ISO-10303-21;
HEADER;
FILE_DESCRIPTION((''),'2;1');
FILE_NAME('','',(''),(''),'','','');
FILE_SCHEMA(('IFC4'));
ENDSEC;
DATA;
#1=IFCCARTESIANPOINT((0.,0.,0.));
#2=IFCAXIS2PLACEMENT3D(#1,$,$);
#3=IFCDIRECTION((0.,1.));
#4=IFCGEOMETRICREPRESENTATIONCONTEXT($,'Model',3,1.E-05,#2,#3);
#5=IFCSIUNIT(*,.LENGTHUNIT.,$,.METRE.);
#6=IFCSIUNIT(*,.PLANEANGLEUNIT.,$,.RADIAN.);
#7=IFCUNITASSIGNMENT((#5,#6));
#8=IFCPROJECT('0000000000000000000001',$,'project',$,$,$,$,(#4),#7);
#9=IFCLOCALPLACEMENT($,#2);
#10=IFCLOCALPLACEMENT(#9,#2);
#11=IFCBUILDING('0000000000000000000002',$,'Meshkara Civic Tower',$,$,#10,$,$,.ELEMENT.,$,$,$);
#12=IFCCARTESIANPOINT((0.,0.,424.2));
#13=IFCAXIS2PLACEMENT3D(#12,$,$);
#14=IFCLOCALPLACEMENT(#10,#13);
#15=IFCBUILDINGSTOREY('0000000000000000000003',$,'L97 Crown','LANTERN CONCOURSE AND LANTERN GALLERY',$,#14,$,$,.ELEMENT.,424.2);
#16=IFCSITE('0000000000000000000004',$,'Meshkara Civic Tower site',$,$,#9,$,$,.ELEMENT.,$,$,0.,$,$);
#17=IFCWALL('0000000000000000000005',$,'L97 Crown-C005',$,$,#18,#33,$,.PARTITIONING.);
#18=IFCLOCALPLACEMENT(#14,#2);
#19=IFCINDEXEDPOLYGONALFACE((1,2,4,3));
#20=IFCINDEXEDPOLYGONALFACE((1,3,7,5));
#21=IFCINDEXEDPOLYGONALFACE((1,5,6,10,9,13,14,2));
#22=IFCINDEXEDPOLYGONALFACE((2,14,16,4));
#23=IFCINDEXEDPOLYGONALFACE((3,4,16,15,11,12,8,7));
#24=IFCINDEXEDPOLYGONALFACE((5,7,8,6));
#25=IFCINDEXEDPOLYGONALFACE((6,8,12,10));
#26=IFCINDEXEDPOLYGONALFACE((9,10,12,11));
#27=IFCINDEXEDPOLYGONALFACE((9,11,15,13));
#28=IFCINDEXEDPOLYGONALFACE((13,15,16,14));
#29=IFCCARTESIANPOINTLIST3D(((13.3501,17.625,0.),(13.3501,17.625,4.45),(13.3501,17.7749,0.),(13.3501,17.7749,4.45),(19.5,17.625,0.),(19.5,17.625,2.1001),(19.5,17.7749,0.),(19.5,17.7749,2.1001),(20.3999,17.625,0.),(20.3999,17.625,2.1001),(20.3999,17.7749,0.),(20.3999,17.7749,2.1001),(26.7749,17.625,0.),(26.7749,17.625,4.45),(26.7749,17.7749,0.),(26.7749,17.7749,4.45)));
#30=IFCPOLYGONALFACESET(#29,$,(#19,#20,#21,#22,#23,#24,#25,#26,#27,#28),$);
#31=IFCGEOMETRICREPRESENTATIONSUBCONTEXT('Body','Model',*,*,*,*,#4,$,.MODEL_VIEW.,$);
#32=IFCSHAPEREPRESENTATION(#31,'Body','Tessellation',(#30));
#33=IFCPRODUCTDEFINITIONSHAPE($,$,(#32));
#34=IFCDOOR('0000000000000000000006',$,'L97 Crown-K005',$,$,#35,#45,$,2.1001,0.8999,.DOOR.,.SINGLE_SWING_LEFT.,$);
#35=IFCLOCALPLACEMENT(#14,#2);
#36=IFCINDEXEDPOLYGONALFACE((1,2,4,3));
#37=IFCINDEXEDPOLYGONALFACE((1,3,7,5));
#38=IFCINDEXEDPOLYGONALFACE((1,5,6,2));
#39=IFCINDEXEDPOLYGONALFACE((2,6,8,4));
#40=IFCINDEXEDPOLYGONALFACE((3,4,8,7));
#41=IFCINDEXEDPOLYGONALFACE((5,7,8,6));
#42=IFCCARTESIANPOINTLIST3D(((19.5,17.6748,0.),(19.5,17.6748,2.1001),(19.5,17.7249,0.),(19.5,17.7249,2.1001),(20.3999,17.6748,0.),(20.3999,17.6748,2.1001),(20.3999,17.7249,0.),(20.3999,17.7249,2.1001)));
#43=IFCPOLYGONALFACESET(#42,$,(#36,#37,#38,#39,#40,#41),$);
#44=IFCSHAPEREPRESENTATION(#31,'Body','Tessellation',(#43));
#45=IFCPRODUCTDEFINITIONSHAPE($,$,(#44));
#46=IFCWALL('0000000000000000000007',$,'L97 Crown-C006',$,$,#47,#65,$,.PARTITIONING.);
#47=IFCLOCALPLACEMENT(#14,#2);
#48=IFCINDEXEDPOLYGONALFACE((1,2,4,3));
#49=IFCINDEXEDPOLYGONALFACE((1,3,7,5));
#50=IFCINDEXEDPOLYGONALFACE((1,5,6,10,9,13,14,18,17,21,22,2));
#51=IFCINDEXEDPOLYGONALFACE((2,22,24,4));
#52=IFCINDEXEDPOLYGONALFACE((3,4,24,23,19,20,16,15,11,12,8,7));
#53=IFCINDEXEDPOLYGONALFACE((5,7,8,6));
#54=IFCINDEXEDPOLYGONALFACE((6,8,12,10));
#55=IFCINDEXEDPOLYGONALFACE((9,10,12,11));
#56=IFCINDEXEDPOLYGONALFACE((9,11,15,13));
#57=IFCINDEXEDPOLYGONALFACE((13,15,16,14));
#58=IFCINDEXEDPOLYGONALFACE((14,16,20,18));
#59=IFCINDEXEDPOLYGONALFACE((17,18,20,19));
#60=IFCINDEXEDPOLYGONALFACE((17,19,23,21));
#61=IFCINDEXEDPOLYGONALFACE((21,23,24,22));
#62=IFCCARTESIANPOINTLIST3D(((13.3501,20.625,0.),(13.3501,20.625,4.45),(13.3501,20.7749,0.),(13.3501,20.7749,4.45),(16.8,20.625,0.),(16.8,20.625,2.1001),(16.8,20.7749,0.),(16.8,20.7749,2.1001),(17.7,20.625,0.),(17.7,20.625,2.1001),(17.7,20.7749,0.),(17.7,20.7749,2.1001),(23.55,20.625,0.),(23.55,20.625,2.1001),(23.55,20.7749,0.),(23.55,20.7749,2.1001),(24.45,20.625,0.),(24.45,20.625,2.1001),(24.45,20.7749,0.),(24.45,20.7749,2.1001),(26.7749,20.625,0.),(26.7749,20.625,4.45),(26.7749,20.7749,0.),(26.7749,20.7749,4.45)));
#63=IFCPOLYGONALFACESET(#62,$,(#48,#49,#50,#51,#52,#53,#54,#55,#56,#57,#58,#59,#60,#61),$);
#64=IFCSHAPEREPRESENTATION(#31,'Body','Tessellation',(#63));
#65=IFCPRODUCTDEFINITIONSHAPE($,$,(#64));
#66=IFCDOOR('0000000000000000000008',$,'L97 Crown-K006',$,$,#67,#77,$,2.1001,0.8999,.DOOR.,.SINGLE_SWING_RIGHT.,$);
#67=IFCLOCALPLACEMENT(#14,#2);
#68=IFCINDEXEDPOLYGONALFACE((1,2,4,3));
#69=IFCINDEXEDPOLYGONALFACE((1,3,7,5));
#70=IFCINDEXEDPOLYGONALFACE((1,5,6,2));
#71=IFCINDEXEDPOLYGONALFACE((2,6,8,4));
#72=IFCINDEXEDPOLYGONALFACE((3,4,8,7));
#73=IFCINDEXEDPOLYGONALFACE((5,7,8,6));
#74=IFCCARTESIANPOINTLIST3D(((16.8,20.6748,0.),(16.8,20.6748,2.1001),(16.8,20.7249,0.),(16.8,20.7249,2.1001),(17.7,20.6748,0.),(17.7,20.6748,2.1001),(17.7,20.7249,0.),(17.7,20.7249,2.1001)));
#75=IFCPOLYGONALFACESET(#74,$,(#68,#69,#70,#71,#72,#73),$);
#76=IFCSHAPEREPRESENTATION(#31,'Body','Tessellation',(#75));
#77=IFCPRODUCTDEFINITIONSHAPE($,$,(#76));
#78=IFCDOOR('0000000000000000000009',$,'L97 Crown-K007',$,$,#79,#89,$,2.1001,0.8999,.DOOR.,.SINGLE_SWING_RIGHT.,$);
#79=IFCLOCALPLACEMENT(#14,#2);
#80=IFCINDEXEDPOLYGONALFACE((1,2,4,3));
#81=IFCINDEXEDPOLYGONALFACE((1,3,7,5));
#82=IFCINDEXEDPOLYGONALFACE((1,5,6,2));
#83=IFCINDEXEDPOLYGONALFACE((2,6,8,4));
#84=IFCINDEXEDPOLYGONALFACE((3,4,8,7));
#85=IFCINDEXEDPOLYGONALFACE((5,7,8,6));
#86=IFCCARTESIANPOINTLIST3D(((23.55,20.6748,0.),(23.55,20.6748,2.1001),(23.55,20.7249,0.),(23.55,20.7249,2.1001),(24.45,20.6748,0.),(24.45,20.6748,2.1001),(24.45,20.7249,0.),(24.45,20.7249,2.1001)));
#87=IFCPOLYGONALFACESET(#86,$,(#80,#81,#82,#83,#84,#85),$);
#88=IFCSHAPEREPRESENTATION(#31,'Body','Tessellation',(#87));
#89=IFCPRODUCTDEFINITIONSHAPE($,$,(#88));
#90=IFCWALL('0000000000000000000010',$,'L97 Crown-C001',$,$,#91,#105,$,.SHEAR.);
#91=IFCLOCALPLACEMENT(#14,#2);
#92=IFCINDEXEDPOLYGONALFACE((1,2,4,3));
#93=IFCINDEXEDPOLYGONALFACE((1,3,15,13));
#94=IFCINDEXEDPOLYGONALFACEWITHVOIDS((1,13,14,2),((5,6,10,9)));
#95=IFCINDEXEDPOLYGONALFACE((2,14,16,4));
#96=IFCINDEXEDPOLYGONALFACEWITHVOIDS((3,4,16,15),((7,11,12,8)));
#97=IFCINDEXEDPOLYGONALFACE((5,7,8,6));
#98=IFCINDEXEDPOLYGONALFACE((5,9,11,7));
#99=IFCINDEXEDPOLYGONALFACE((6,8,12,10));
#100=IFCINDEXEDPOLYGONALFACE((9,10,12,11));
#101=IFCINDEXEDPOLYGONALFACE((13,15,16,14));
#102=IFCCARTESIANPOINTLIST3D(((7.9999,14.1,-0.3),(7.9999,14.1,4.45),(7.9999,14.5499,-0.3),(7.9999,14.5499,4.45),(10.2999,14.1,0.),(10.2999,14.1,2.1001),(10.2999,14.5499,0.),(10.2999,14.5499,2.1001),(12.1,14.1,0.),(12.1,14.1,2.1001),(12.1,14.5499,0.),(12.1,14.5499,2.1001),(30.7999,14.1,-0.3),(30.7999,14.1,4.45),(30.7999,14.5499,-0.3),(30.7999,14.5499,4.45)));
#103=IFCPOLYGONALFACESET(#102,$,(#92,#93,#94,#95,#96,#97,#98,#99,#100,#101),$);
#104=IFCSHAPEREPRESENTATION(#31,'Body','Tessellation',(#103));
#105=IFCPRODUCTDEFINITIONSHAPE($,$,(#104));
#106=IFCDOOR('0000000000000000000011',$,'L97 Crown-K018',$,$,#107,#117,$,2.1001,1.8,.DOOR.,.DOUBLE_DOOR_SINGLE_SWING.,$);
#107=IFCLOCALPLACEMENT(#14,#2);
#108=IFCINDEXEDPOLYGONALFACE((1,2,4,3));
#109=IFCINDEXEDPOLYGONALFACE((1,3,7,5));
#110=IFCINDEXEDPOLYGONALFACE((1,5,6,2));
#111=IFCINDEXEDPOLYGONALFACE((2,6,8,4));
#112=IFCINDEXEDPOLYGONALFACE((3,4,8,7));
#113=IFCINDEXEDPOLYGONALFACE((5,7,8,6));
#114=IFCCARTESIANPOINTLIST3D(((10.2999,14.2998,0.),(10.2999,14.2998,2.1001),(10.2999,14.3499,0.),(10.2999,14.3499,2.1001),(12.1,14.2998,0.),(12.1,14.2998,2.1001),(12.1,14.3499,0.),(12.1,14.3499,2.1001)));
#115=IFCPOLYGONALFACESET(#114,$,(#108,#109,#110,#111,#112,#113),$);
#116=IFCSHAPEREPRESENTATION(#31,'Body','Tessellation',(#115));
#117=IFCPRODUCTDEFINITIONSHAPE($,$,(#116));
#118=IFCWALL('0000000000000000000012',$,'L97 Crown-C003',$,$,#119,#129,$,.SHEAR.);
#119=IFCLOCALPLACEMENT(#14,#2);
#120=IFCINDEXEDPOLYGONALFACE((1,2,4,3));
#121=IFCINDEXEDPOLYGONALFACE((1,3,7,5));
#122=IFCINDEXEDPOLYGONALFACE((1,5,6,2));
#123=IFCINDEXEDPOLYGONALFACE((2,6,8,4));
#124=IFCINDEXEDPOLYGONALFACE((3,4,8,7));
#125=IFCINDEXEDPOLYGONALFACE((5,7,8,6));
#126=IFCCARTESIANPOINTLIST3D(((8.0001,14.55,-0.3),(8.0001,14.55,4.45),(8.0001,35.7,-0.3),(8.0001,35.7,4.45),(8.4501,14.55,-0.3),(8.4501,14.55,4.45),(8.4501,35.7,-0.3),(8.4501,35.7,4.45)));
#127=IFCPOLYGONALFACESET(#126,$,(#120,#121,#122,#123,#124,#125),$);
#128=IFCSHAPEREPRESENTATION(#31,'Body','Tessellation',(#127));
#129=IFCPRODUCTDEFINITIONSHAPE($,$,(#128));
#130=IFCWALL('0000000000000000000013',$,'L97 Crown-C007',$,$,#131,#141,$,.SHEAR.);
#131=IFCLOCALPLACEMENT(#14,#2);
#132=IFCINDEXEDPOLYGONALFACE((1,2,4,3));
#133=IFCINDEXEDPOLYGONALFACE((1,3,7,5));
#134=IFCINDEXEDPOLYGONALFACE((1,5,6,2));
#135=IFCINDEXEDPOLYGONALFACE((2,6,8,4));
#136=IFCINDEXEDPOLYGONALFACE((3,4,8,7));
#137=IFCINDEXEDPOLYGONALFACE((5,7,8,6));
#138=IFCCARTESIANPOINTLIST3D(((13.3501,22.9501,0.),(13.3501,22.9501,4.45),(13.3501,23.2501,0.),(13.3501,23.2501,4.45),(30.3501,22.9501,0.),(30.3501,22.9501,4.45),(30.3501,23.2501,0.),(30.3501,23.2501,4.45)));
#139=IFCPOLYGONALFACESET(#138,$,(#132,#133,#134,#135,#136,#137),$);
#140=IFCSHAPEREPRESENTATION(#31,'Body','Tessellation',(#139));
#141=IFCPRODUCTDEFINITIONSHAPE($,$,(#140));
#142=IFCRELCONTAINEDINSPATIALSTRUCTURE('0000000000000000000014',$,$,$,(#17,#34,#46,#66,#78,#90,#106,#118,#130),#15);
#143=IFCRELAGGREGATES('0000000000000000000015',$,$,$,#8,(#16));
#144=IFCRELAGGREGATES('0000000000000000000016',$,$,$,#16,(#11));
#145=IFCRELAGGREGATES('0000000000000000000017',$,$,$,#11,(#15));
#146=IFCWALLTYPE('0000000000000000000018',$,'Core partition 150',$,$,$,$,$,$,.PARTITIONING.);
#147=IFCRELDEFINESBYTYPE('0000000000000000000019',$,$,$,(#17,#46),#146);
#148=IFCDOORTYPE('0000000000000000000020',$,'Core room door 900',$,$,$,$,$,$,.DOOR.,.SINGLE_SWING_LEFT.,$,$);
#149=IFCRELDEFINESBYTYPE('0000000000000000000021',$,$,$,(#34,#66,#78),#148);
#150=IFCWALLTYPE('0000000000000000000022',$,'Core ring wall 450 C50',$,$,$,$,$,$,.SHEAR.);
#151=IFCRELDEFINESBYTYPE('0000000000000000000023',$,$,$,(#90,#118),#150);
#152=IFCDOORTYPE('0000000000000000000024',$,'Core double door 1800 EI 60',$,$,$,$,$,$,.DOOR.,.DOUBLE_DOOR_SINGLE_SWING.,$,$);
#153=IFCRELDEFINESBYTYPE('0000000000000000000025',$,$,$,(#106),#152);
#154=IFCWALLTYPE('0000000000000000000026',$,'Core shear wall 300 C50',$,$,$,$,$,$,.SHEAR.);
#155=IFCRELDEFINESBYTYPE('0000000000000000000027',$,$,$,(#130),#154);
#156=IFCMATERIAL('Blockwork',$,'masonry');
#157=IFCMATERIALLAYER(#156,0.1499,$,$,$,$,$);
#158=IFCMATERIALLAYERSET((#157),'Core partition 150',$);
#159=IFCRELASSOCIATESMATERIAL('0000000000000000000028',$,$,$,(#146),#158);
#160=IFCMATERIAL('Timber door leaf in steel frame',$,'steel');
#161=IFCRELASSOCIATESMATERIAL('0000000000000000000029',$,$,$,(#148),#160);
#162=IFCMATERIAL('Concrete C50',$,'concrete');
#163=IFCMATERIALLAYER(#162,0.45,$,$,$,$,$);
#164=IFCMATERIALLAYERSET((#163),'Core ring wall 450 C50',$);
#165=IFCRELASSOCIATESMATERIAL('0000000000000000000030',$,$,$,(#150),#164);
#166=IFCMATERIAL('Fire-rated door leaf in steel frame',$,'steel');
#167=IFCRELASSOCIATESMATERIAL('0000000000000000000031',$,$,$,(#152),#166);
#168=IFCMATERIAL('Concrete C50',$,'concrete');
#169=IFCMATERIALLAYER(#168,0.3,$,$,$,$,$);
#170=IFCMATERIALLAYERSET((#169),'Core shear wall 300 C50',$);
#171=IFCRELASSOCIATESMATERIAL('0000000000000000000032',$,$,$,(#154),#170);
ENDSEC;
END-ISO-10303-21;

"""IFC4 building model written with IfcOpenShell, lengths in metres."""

from ifc_helpers import new_model, si_unit, direction, frame, frame_2d, origin, place, context, subcontext, project, spatial, rectangle, extrude, material, layer, layer_set, type_object, element, fill, save


model = new_model("IFC4")

# Units and contexts
model_context = context("Model", 3, precision=1e-05, world=origin(), true_north=direction((0.0, 1.0)))
body_context = subcontext(model_context, "Body", "Model", "MODEL_VIEW")
ifc_project = project(units=[si_unit("LENGTHUNIT", "METRE"), si_unit("PLANEANGLEUNIT", "RADIAN")], contexts=[model_context])

# Site, building, storey
site_placement = place(None, origin())
site = spatial("IfcSite", under=ifc_project, at=site_placement, Name="Meshkara Civic Tower site", CompositionType="ELEMENT", RefElevation=0.0)
building_placement = place(site_placement, origin())
building = spatial("IfcBuilding", under=site, at=building_placement, Name="Meshkara Civic Tower", CompositionType="ELEMENT")
storey_placement = place(building_placement, frame((0.0, 0.0, 424.2)))
storey = spatial("IfcBuildingStorey", under=building, at=storey_placement, Name="L97 Crown", Description="LANTERN CONCOURSE AND LANTERN GALLERY", CompositionType="ELEMENT", Elevation=424.2)

# Wall, opening, door
ifc_material_1 = material(Name="Blockwork", Category="masonry")
ifc_layer_1 = layer(ifc_material_1, 0.1499)
ifc_layer_set_1 = layer_set([ifc_layer_1], Name="Core partition 150")
wall_type_1 = type_object("IfcWallType", Name="Core partition 150", PredefinedType="PARTITIONING", material=ifc_layer_set_1)
wall_1_placement = place(storey_placement, frame((13.3501, 17.7, 0.0), z_axis=(0.0, 0.0, 1.0), x_axis=(1.0, 0.0, 0.0)))
wall_1 = element("IfcWall", 1, at=wall_1_placement, inside=storey, type_object=wall_type_1, Name="L97 Crown-C005", PredefinedType="PARTITIONING", context=body_context, shape_type="SweptSolid", body=[
    extrude(rectangle(XDim=13.4248, YDim=0.1499, at=frame_2d((6.7124, 0.0))), origin(), (0.0, 0.0, 1.0), 4.45),
])
opening_1_placement = place(wall_1_placement, frame((6.1499, 0.0, 0.0)))
opening_1 = element("IfcOpeningElement", 2, at=opening_1_placement, cuts=wall_1, PredefinedType="OPENING", context=body_context, shape_type="SweptSolid", body=[
    extrude(rectangle(XDim=0.8999, YDim=2.1001, at=frame_2d((0.45, 1.05))), frame((0.0, 0.085, 0.0), z_axis=(0.0, -1.0, 0.0), x_axis=(1.0, 0.0, 0.0)), (0.0, 0.0, 1.0), 0.1699),
])
ifc_material_2 = material(Name="Timber door leaf in steel frame", Category="steel")
door_type_1 = type_object("IfcDoorType", Name="Core room door 900", OperationType="SINGLE_SWING_LEFT", PredefinedType="DOOR", material=ifc_material_2)
door_1_placement = place(opening_1_placement, origin())
door_1 = element("IfcDoor", 3, at=door_1_placement, inside=storey, type_object=door_type_1, Name="L97 Crown-K005", OperationType="SINGLE_SWING_LEFT", OverallHeight=2.1001, OverallWidth=0.8999, PredefinedType="DOOR", context=body_context, shape_type="SweptSolid", body=[
    extrude(rectangle(XDim=0.8999, YDim=2.1001, at=frame_2d((0.45, 1.05))), frame((0.0, 0.0249, 0.0), z_axis=(0.0, -1.0, 0.0), x_axis=(1.0, 0.0, 0.0)), (0.0, 0.0, 1.0), 0.05),
])
fill(opening_1, door_1)

# Wall, openings, doors
wall_2_placement = place(storey_placement, frame((13.3501, 20.7, 0.0), z_axis=(0.0, 0.0, 1.0), x_axis=(1.0, 0.0, 0.0)))
wall_2 = element("IfcWall", 4, at=wall_2_placement, inside=storey, type_object=wall_type_1, Name="L97 Crown-C006", PredefinedType="PARTITIONING", context=body_context, shape_type="SweptSolid", body=[
    extrude(rectangle(XDim=13.4248, YDim=0.1499, at=frame_2d((6.7124, 0.0))), origin(), (0.0, 0.0, 1.0), 4.45),
])
opening_2_placement = place(wall_2_placement, frame((3.45, 0.0, 0.0)))
opening_2 = element("IfcOpeningElement", 5, at=opening_2_placement, cuts=wall_2, PredefinedType="OPENING", context=body_context, shape_type="SweptSolid", body=[
    extrude(rectangle(XDim=0.8999, YDim=2.1001, at=frame_2d((0.45, 1.05))), frame((0.0, 0.085, 0.0), z_axis=(0.0, -1.0, 0.0), x_axis=(1.0, 0.0, 0.0)), (0.0, 0.0, 1.0), 0.1699),
])
opening_3_placement = place(wall_2_placement, frame((10.2, 0.0, 0.0)))
opening_3 = element("IfcOpeningElement", 6, at=opening_3_placement, cuts=wall_2, PredefinedType="OPENING", context=body_context, shape_type="SweptSolid", body=[
    extrude(rectangle(XDim=0.8999, YDim=2.1001, at=frame_2d((0.45, 1.05))), frame((0.0, 0.085, 0.0), z_axis=(0.0, -1.0, 0.0), x_axis=(1.0, 0.0, 0.0)), (0.0, 0.0, 1.0), 0.1699),
])
door_2_placement = place(opening_2_placement, origin())
door_2 = element("IfcDoor", 7, at=door_2_placement, inside=storey, type_object=door_type_1, Name="L97 Crown-K006", OperationType="SINGLE_SWING_RIGHT", OverallHeight=2.1001, OverallWidth=0.8999, PredefinedType="DOOR", context=body_context, shape_type="SweptSolid", body=[
    extrude(rectangle(XDim=0.8999, YDim=2.1001, at=frame_2d((0.45, 1.05))), frame((0.0, 0.0249, 0.0), z_axis=(0.0, -1.0, 0.0), x_axis=(1.0, 0.0, 0.0)), (0.0, 0.0, 1.0), 0.05),
])
fill(opening_2, door_2)
door_3_placement = place(opening_3_placement, origin())
door_3 = element("IfcDoor", 8, at=door_3_placement, inside=storey, type_object=door_type_1, Name="L97 Crown-K007", OperationType="SINGLE_SWING_RIGHT", OverallHeight=2.1001, OverallWidth=0.8999, PredefinedType="DOOR", context=body_context, shape_type="SweptSolid", body=[
    extrude(rectangle(XDim=0.8999, YDim=2.1001, at=frame_2d((0.45, 1.05))), frame((0.0, 0.0249, 0.0), z_axis=(0.0, -1.0, 0.0), x_axis=(1.0, 0.0, 0.0)), (0.0, 0.0, 1.0), 0.05),
])
fill(opening_3, door_3)

# Wall, opening, door
ifc_material_3 = material(Name="Concrete C50", Category="concrete")
ifc_layer_2 = layer(ifc_material_3, 0.45)
ifc_layer_set_2 = layer_set([ifc_layer_2], Name="Core ring wall 450 C50")
wall_type_2 = type_object("IfcWallType", Name="Core ring wall 450 C50", PredefinedType="SHEAR", material=ifc_layer_set_2)
wall_3_placement = place(storey_placement, frame((8.0, 14.325, -0.3), z_axis=(0.0, 0.0, 1.0), x_axis=(1.0, 0.0, 0.0)))
wall_3 = element("IfcWall", 9, at=wall_3_placement, inside=storey, type_object=wall_type_2, Name="L97 Crown-C001", PredefinedType="SHEAR", context=body_context, shape_type="SweptSolid", body=[
    extrude(rectangle(XDim=22.8, YDim=0.45, at=frame_2d((11.3999, 0.0))), origin(), (0.0, 0.0, 1.0), 4.75),
])
opening_4_placement = place(wall_3_placement, frame((2.3, 0.0, 0.3)))
opening_4 = element("IfcOpeningElement", 10, at=opening_4_placement, cuts=wall_3, PredefinedType="OPENING", context=body_context, shape_type="SweptSolid", body=[
    extrude(rectangle(XDim=1.8, YDim=2.1001, at=frame_2d((0.8999, 1.05))), frame((0.0, 0.2349, 0.0), z_axis=(0.0, -1.0, 0.0), x_axis=(1.0, 0.0, 0.0)), (0.0, 0.0, 1.0), 0.47),
])
ifc_material_4 = material(Name="Fire-rated door leaf in steel frame", Category="steel")
door_type_2 = type_object("IfcDoorType", Name="Core double door 1800 EI 60", OperationType="DOUBLE_DOOR_SINGLE_SWING", PredefinedType="DOOR", material=ifc_material_4)
door_4_placement = place(opening_4_placement, origin())
door_4 = element("IfcDoor", 11, at=door_4_placement, inside=storey, type_object=door_type_2, Name="L97 Crown-K018", OperationType="DOUBLE_DOOR_SINGLE_SWING", OverallHeight=2.1001, OverallWidth=1.8, PredefinedType="DOOR", context=body_context, shape_type="SweptSolid", body=[
    extrude(rectangle(XDim=1.8, YDim=2.1001, at=frame_2d((0.8999, 1.05))), frame((0.0, 0.0249, 0.0), z_axis=(0.0, -1.0, 0.0), x_axis=(1.0, 0.0, 0.0)), (0.0, 0.0, 1.0), 0.05),
])
fill(opening_4, door_4)

# Walls
wall_4_placement = place(storey_placement, frame((8.2251, 14.55, -0.3), z_axis=(0.0, 0.0, 1.0), x_axis=(0.0, 1.0, 0.0)))
element("IfcWall", 12, at=wall_4_placement, inside=storey, type_object=wall_type_2, Name="L97 Crown-C003", PredefinedType="SHEAR", context=body_context, shape_type="SweptSolid", body=[
    extrude(rectangle(XDim=21.1499, YDim=0.45, at=frame_2d((10.575, 0.0))), origin(), (0.0, 0.0, 1.0), 4.75),
])
ifc_material_5 = material(Name="Concrete C50", Category="concrete")
ifc_layer_3 = layer(ifc_material_5, 0.3)
ifc_layer_set_3 = layer_set([ifc_layer_3], Name="Core shear wall 300 C50")
wall_type_3 = type_object("IfcWallType", Name="Core shear wall 300 C50", PredefinedType="SHEAR", material=ifc_layer_set_3)
wall_5_placement = place(storey_placement, frame((13.3501, 23.1001, 0.0), z_axis=(0.0, 0.0, 1.0), x_axis=(1.0, 0.0, 0.0)))
element("IfcWall", 13, at=wall_5_placement, inside=storey, type_object=wall_type_3, Name="L97 Crown-C007", PredefinedType="SHEAR", context=body_context, shape_type="SweptSolid", body=[
    extrude(rectangle(XDim=17.0, YDim=0.3, at=frame_2d((8.5, 0.0))), origin(), (0.0, 0.0, 1.0), 4.45),
])

save(model, "model.ifc")
